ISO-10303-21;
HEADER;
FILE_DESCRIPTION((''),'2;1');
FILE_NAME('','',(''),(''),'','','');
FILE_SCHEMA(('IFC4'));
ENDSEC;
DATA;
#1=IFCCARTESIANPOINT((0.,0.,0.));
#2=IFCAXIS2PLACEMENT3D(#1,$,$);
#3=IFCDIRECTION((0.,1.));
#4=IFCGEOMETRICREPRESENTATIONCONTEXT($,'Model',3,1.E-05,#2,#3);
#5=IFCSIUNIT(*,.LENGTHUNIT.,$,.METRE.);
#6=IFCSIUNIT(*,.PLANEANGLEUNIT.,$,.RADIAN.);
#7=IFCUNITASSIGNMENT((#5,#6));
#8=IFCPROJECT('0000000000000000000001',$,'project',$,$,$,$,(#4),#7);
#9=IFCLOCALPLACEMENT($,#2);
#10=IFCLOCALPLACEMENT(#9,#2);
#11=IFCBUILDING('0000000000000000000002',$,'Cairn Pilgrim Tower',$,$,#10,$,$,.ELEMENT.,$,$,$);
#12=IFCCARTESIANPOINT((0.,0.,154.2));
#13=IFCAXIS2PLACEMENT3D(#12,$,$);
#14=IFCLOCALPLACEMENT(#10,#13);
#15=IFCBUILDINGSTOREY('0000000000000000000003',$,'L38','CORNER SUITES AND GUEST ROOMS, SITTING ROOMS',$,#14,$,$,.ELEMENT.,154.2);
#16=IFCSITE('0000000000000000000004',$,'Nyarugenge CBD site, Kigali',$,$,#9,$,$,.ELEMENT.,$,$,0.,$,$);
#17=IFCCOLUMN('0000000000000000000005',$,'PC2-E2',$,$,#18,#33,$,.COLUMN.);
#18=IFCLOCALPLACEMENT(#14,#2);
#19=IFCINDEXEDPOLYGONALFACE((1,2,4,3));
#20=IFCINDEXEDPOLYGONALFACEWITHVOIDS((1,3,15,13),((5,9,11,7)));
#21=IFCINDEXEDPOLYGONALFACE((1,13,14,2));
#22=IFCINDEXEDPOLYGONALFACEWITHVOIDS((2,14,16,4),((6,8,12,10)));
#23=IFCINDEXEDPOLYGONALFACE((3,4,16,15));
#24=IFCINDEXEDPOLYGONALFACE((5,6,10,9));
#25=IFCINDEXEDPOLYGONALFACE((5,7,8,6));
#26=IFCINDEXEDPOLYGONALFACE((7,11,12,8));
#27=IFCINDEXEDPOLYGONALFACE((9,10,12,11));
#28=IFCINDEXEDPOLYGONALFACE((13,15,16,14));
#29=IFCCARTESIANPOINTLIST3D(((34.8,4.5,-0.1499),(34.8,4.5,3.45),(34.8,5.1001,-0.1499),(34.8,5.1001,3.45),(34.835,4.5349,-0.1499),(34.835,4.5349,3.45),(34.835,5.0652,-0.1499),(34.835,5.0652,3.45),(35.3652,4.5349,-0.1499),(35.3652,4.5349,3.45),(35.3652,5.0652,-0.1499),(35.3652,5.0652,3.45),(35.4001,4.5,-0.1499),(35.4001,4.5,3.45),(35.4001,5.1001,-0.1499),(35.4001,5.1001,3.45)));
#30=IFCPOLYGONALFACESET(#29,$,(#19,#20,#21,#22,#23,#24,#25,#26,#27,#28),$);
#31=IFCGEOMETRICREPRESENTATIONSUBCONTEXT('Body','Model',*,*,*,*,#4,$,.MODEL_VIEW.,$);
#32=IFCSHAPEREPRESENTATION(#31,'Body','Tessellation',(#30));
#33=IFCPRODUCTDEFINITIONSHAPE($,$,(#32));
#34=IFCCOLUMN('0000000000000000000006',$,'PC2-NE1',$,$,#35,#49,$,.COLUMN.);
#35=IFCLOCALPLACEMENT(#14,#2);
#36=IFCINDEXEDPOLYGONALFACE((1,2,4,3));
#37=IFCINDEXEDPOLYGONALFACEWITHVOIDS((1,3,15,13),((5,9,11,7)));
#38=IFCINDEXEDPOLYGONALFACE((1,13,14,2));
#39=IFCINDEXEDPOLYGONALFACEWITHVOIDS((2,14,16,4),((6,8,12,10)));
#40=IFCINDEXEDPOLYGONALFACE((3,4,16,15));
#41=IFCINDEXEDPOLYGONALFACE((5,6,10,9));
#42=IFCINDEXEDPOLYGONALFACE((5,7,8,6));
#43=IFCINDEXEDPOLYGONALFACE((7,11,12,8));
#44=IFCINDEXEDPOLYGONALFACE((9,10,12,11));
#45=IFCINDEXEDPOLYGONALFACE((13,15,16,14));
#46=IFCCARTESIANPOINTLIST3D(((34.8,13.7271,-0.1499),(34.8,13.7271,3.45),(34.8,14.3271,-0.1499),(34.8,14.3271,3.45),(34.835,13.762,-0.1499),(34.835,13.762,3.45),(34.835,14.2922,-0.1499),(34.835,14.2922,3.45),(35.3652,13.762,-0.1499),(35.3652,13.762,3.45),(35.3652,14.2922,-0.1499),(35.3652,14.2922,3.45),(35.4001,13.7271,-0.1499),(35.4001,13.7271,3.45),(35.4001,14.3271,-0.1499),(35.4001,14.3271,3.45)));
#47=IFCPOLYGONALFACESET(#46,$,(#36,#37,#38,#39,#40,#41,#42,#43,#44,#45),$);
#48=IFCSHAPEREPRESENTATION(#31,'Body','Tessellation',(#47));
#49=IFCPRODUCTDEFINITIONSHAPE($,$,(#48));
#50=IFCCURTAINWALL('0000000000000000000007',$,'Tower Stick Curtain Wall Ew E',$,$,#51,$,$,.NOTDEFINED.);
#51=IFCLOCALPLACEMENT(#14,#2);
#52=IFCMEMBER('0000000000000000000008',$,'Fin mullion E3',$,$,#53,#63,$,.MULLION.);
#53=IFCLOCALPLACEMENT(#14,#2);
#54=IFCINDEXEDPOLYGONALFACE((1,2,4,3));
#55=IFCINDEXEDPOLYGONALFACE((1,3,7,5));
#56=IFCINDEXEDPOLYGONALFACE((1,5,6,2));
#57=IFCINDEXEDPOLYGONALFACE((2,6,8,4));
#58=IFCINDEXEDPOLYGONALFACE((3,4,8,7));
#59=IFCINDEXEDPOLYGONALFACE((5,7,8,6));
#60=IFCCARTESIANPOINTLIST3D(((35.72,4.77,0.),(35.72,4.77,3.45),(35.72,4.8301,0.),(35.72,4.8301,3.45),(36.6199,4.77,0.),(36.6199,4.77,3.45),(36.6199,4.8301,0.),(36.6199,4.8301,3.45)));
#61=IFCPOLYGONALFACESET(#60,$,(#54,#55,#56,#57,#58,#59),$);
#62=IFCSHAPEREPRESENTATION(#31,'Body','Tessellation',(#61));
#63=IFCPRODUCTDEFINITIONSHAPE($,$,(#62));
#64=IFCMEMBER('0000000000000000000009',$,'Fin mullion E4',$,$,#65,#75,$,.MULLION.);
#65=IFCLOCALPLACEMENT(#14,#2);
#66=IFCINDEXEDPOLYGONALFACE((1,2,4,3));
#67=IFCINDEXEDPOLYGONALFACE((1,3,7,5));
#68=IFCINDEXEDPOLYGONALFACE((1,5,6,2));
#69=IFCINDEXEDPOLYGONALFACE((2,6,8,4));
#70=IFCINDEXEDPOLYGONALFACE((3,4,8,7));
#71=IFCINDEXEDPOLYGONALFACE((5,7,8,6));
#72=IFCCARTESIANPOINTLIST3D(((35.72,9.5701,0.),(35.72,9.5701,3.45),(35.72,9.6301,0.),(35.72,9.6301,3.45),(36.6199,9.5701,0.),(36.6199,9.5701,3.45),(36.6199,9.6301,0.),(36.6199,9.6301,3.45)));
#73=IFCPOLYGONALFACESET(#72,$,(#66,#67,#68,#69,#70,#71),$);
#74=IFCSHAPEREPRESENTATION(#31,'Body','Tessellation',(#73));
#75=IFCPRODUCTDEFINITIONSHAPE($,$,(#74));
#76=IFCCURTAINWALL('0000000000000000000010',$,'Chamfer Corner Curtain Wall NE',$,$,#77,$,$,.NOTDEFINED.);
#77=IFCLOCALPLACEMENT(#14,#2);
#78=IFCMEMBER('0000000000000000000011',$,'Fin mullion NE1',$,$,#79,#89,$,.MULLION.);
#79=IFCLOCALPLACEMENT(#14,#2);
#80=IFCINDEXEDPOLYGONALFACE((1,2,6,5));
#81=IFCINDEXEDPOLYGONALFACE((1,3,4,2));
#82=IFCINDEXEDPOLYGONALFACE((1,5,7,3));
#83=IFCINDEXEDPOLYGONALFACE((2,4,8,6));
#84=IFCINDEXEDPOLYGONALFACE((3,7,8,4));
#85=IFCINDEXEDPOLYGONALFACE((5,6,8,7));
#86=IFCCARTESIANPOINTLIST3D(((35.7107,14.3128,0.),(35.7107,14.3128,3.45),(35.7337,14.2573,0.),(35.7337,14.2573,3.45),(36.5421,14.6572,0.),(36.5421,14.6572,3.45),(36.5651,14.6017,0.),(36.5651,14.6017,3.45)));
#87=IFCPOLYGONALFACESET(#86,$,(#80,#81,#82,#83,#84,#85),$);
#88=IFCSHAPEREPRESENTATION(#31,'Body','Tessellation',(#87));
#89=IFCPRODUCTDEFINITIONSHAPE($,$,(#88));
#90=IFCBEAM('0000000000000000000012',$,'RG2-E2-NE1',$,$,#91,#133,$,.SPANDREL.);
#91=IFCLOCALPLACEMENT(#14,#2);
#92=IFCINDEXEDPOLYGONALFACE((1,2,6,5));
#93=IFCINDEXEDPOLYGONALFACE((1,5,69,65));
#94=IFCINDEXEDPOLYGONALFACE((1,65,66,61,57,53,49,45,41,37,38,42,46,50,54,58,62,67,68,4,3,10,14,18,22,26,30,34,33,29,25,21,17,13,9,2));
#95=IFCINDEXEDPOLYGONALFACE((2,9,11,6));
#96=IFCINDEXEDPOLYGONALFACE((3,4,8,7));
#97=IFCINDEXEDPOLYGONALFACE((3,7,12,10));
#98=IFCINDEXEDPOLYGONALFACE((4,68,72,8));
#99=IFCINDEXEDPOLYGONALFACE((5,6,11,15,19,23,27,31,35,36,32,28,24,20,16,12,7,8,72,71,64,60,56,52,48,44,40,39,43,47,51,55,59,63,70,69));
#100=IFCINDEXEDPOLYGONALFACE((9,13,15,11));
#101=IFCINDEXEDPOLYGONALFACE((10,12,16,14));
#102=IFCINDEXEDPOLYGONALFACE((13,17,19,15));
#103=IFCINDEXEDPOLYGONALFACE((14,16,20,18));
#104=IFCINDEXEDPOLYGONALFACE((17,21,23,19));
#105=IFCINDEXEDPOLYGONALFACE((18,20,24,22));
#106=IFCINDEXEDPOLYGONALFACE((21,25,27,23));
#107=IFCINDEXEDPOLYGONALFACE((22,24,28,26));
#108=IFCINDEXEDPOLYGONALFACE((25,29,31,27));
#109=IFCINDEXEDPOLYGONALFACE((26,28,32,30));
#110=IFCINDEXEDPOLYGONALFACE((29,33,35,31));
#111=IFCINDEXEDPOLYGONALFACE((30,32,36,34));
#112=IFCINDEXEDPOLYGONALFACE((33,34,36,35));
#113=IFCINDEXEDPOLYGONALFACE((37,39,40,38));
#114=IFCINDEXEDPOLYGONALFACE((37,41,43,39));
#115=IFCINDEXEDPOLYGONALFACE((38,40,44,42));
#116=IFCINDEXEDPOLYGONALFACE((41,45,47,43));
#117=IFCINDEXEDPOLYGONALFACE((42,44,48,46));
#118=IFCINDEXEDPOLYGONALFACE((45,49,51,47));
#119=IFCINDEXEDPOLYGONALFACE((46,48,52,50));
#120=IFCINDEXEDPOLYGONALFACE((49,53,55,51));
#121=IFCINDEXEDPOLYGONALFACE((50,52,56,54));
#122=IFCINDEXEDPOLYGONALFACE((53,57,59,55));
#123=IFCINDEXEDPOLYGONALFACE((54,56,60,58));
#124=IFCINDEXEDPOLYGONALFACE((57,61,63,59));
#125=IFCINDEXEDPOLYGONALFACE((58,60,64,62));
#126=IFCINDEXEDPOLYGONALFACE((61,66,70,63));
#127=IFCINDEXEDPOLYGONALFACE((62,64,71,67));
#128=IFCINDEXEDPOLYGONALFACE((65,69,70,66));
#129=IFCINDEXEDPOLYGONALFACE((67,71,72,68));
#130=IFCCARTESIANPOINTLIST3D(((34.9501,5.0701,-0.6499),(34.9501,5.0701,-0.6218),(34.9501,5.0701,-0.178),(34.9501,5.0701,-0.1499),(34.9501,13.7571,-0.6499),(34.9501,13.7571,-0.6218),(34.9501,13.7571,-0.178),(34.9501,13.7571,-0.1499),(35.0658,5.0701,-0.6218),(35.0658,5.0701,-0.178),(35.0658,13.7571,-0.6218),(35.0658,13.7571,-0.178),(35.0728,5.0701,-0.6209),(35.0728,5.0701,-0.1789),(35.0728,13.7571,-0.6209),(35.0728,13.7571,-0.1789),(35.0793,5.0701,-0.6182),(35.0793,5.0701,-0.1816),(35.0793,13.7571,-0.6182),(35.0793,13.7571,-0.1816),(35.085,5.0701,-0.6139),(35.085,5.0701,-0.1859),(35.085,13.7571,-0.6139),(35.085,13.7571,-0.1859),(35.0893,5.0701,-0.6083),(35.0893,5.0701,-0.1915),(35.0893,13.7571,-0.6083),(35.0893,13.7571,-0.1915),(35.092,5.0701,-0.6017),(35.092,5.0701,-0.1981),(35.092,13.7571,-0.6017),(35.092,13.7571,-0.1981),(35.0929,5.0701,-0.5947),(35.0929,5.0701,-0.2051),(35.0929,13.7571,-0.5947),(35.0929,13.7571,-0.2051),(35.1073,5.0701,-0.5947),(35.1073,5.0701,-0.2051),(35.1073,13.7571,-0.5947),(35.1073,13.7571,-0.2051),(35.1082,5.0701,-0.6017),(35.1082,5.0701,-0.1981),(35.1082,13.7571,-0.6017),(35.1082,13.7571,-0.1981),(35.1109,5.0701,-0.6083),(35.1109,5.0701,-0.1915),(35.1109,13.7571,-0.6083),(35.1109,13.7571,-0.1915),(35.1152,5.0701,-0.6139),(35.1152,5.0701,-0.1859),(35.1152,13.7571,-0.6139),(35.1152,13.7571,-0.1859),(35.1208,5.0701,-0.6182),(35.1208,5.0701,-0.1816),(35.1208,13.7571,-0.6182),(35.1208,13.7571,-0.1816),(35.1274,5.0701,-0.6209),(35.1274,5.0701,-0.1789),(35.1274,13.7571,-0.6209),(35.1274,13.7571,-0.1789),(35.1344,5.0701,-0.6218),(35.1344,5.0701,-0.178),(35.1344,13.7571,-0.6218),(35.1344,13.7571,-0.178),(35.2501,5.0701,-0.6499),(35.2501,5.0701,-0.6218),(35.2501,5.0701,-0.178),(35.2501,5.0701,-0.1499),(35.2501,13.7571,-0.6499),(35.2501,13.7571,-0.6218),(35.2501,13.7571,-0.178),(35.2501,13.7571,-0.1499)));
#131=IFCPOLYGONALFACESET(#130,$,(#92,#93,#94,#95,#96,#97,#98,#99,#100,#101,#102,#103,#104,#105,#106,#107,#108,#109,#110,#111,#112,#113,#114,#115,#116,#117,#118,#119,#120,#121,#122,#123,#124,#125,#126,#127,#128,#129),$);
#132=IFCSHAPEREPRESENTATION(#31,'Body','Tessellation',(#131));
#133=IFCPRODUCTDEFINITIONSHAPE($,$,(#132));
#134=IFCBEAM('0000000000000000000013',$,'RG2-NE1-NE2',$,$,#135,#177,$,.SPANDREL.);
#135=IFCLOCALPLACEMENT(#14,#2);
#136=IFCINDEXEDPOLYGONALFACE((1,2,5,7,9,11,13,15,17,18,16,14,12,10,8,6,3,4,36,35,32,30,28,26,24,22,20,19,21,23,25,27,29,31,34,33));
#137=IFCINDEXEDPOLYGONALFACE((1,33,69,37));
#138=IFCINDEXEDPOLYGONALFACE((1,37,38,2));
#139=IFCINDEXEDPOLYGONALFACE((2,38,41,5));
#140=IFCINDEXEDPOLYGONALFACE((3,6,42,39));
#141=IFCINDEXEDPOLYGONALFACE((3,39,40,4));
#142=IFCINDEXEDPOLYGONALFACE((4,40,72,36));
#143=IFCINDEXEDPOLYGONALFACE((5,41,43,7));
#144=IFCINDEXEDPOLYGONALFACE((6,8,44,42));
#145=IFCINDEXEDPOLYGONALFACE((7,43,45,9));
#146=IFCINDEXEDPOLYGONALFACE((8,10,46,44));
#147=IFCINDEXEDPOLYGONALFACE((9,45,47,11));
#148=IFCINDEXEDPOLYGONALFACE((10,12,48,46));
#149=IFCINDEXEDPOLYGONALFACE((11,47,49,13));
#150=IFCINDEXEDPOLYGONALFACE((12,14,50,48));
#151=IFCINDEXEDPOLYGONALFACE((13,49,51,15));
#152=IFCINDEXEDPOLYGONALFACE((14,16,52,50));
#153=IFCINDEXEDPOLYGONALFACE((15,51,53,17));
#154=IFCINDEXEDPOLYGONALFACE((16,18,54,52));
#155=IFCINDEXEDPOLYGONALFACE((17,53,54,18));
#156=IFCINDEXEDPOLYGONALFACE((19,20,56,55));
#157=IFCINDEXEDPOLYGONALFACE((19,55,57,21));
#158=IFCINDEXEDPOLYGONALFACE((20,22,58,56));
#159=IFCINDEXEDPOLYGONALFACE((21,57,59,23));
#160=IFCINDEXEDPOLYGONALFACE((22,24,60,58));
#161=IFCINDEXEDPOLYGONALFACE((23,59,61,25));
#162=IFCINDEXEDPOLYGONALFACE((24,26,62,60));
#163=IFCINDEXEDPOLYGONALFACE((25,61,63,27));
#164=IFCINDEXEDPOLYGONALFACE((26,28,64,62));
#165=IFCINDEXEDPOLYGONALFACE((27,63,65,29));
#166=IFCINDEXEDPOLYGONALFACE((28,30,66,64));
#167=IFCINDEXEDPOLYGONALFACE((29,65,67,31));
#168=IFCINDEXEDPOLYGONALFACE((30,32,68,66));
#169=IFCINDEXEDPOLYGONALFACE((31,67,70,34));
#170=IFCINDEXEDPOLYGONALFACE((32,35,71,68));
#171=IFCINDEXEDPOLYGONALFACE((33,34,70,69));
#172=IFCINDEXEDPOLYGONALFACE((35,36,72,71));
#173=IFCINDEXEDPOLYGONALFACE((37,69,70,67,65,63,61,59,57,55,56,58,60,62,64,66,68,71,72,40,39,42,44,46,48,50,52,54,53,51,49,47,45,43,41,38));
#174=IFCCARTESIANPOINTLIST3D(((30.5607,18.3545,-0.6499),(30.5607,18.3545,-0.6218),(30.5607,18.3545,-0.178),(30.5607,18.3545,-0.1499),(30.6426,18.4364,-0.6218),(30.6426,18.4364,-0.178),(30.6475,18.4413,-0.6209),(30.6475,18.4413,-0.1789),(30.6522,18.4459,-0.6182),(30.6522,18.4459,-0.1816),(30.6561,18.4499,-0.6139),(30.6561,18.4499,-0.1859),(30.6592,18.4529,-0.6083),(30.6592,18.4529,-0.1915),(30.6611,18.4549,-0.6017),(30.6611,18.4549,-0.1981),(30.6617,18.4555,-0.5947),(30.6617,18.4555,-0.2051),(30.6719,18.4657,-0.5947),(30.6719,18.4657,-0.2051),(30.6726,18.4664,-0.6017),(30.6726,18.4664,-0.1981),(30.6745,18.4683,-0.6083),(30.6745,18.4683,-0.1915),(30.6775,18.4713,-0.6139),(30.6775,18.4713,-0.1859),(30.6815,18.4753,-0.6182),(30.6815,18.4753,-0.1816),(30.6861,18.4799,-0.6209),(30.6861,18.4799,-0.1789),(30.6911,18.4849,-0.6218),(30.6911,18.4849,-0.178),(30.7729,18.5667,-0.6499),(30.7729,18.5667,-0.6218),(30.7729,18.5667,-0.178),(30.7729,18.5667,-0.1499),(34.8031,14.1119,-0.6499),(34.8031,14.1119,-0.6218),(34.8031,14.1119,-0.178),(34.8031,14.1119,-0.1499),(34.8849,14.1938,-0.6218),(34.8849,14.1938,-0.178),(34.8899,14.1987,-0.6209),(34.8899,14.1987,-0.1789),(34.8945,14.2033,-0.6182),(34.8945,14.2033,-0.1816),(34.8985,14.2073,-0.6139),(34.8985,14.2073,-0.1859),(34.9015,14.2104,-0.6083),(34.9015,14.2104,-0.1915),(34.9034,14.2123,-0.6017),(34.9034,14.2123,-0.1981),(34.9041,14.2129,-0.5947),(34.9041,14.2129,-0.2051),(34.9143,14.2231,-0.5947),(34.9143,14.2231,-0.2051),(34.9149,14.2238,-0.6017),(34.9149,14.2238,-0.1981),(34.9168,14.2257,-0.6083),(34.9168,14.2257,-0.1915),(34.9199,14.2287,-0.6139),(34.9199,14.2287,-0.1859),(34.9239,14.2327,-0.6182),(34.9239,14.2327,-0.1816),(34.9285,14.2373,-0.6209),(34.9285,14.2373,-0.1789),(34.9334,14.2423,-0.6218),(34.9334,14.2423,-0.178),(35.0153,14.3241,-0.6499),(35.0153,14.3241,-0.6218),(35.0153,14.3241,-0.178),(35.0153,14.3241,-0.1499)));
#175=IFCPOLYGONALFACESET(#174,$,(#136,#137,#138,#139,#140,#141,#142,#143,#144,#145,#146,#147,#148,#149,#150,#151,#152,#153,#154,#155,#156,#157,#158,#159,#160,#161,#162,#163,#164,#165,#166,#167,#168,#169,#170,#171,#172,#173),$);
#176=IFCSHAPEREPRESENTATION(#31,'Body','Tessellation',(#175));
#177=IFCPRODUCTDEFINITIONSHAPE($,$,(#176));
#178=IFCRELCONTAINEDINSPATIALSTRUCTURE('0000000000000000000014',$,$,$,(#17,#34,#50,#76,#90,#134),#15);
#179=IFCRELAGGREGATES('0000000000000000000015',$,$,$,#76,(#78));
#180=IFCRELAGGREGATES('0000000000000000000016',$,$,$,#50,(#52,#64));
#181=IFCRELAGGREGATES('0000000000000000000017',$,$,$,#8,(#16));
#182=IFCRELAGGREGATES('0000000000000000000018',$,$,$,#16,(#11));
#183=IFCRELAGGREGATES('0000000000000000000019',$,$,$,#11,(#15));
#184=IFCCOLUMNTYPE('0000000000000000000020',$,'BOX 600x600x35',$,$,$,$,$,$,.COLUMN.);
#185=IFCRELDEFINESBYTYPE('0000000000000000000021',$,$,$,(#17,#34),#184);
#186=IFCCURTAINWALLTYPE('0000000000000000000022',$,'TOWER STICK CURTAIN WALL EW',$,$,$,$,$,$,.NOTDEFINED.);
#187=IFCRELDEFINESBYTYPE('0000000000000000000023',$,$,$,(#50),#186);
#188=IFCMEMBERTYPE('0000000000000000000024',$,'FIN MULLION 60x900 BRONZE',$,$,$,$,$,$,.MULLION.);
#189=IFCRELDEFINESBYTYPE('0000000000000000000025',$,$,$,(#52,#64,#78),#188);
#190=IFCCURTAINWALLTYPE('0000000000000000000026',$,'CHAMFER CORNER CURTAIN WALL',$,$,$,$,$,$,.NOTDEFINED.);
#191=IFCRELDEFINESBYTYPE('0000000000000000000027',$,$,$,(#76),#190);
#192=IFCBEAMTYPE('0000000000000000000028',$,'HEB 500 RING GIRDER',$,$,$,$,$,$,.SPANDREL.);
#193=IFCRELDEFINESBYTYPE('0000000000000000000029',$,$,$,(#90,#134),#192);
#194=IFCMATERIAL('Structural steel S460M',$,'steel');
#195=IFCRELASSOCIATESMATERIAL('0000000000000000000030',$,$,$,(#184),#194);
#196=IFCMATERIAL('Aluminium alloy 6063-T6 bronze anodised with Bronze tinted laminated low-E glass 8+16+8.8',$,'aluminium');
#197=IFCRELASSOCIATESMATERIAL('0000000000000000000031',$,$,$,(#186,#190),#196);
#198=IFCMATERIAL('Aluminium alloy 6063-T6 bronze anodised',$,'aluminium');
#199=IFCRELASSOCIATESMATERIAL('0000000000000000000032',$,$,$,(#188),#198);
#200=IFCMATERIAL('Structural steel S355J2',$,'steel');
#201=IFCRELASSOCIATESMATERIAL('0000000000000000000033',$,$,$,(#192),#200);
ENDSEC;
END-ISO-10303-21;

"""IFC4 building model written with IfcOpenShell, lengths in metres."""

from ifc_helpers import new_model, si_unit, direction, frame, origin, origin_2d, place, context, subcontext, project, spatial, rectangle, hollow_rectangle, i_section, extrude, material, material_profile, profile_set, type_object, element, aggregate, save


model = new_model("IFC4")

# Units and contexts
model_context = context("Model", 3, precision=1e-05, world=origin(), true_north=direction((0.0, 1.0)))
body_context = subcontext(model_context, "Body", "Model", "MODEL_VIEW")
ifc_project = project(units=[si_unit("LENGTHUNIT", "METRE"), si_unit("PLANEANGLEUNIT", "RADIAN")], contexts=[model_context])

# Site, building, storey
site_placement = place(None, origin())
site = spatial("IfcSite", under=ifc_project, at=site_placement, Name="Nyarugenge CBD site, Kigali", CompositionType="ELEMENT", RefElevation=0.0)
building_placement = place(site_placement, origin())
building = spatial("IfcBuilding", under=site, at=building_placement, Name="Cairn Pilgrim Tower", CompositionType="ELEMENT")
storey_placement = place(building_placement, frame((0.0, 0.0, 154.2)))
storey = spatial("IfcBuildingStorey", under=building, at=storey_placement, Name="L38", Description="CORNER SUITES AND GUEST ROOMS, SITTING ROOMS", CompositionType="ELEMENT", Elevation=154.2)

# Columns
ifc_material_1 = material(Name="Structural steel S460M", Category="steel")
ifc_material_profile_1 = material_profile(ifc_material_1, hollow_rectangle(XDim=0.6001, YDim=0.6001, WallThickness=0.0349, at=origin_2d()), Name="BOX 600x600x35")
ifc_profile_set_1 = profile_set([ifc_material_profile_1], Name="Structural steel S460M")
column_type = type_object("IfcColumnType", Name="BOX 600x600x35", PredefinedType="COLUMN", material=ifc_profile_set_1)
for number, where, z_axis, x_axis, name in (
    (1, (35.1001, 4.8, -0.1499), (0.0, 0.0, 1.0), (1.0, 0.0, 0.0), "PC2-E2"),
    (2, (35.1001, 14.0271, -0.1499), (0.0, 0.0, 1.0), (1.0, 0.0, 0.0), "PC2-NE1"),
):
    element("IfcColumn", number, at=place(storey_placement, frame(where, z_axis=z_axis, x_axis=x_axis)), inside=storey, type_object=column_type, Name=name, PredefinedType="COLUMN", context=body_context, shape_type="SweptSolid", body=[
        extrude(hollow_rectangle(XDim=0.6001, YDim=0.6001, WallThickness=0.0349, at=origin_2d()), origin(), (0.0, 0.0, 1.0), 3.5999),
    ])

# Curtain wall, members
ifc_material_2 = material(Name="Aluminium alloy 6063-T6 bronze anodised with Bronze tinted laminated low-E glass 8+16+8.8", Category="aluminium")
curtain_wall_type_1 = type_object("IfcCurtainWallType", Name="TOWER STICK CURTAIN WALL EW", PredefinedType="NOTDEFINED", material=ifc_material_2)
curtain_wall_1_placement = place(storey_placement, origin())
curtain_wall_1 = element("IfcCurtainWall", 3, at=curtain_wall_1_placement, inside=storey, type_object=curtain_wall_type_1, Name="Tower Stick Curtain Wall Ew E", PredefinedType="NOTDEFINED")
ifc_material_3 = material(Name="Aluminium alloy 6063-T6 bronze anodised", Category="aluminium")
ifc_material_profile_2 = material_profile(ifc_material_3, rectangle(XDim=0.8999, YDim=0.0601, at=origin_2d()), Name="FIN MULLION 60x900 BRONZE")
ifc_profile_set_2 = profile_set([ifc_material_profile_2], Name="Aluminium alloy 6063-T6 bronze anodised")
member_type_1 = type_object("IfcMemberType", Name="FIN MULLION 60x900 BRONZE", PredefinedType="MULLION", material=ifc_profile_set_2)
member_1_placement = place(storey_placement, frame((36.1699, 4.8, 0.0), z_axis=(0.0, 0.0, 1.0), x_axis=(1.0, 0.0, 0.0)))
member_1 = element("IfcMember", 4, at=member_1_placement, type_object=member_type_1, Name="Fin mullion E3", PredefinedType="MULLION", context=body_context, shape_type="SweptSolid", body=[
    extrude(rectangle(XDim=0.8999, YDim=0.0601, at=origin_2d()), origin(), (0.0, 0.0, 1.0), 3.45),
])
member_2_placement = place(storey_placement, frame((36.1699, 9.6001, 0.0), z_axis=(0.0, 0.0, 1.0), x_axis=(1.0, 0.0, 0.0)))
member_2 = element("IfcMember", 5, at=member_2_placement, type_object=member_type_1, Name="Fin mullion E4", PredefinedType="MULLION", context=body_context, shape_type="SweptSolid", body=[
    extrude(rectangle(XDim=0.8999, YDim=0.0601, at=origin_2d()), origin(), (0.0, 0.0, 1.0), 3.45),
])

# Curtain wall, member
curtain_wall_type_2 = type_object("IfcCurtainWallType", Name="CHAMFER CORNER CURTAIN WALL", PredefinedType="NOTDEFINED", material=ifc_material_2)
curtain_wall_2_placement = place(storey_placement, origin())
curtain_wall_2 = element("IfcCurtainWall", 6, at=curtain_wall_2_placement, inside=storey, type_object=curtain_wall_type_2, Name="Chamfer Corner Curtain Wall NE", PredefinedType="NOTDEFINED")
member_3_placement = place(storey_placement, frame((36.1379, 14.4573, 0.0), z_axis=(0.0, 0.0, 1.0), x_axis=(0.92388, 0.382683, 0.0)))
member_3 = element("IfcMember", 7, at=member_3_placement, type_object=member_type_1, Name="Fin mullion NE1", PredefinedType="MULLION", context=body_context, shape_type="SweptSolid", body=[
    extrude(rectangle(XDim=0.8999, YDim=0.0601, at=origin_2d()), origin(), (0.0, 0.0, 1.0), 3.45),
])
aggregate(curtain_wall_2, [member_3])

# Beams
ifc_material_4 = material(Name="Structural steel S355J2", Category="steel")
ifc_material_profile_3 = material_profile(ifc_material_4, i_section(OverallWidth=0.3, OverallDepth=0.5, WebThickness=0.0144, FlangeThickness=0.0281, FilletRadius=0.0271, at=origin_2d()), Name="HEB 500")
ifc_profile_set_3 = profile_set([ifc_material_profile_3], Name="Structural steel S355J2")
beam_type_1 = type_object("IfcBeamType", Name="HEB 500 RING GIRDER", PredefinedType="SPANDREL", material=ifc_profile_set_3)
beam_1_placement = place(storey_placement, frame((35.1001, 5.0701, -0.3999), z_axis=(0.0, 1.0, 0.0), x_axis=(-1.0, 0.0, 0.0)))
element("IfcBeam", 8, at=beam_1_placement, inside=storey, type_object=beam_type_1, Name="RG2-E2-NE1", PredefinedType="SPANDREL", context=body_context, shape_type="SweptSolid", body=[
    extrude(i_section(OverallWidth=0.3, OverallDepth=0.5, WebThickness=0.0144, FlangeThickness=0.0281, FilletRadius=0.0271, at=origin_2d()), origin(), (0.0, 0.0, 1.0), 8.687),
])
beam_2_placement = place(storey_placement, frame((34.9092, 14.218, -0.3999), z_axis=(-0.707086, 0.707127, 0.0), x_axis=(-0.707127, -0.707086, 0.0)))
element("IfcBeam", 9, at=beam_2_placement, inside=storey, type_object=beam_type_1, Name="RG2-NE1-NE2", PredefinedType="SPANDREL", context=body_context, shape_type="SweptSolid", body=[
    extrude(i_section(OverallWidth=0.3, OverallDepth=0.5, WebThickness=0.0144, FlangeThickness=0.0281, FilletRadius=0.0271, at=origin_2d()), origin(), (0.0, 0.0, 1.0), 5.9998),
])

aggregate(curtain_wall_1, [member_1, member_2])

save(model, "model.ifc")
